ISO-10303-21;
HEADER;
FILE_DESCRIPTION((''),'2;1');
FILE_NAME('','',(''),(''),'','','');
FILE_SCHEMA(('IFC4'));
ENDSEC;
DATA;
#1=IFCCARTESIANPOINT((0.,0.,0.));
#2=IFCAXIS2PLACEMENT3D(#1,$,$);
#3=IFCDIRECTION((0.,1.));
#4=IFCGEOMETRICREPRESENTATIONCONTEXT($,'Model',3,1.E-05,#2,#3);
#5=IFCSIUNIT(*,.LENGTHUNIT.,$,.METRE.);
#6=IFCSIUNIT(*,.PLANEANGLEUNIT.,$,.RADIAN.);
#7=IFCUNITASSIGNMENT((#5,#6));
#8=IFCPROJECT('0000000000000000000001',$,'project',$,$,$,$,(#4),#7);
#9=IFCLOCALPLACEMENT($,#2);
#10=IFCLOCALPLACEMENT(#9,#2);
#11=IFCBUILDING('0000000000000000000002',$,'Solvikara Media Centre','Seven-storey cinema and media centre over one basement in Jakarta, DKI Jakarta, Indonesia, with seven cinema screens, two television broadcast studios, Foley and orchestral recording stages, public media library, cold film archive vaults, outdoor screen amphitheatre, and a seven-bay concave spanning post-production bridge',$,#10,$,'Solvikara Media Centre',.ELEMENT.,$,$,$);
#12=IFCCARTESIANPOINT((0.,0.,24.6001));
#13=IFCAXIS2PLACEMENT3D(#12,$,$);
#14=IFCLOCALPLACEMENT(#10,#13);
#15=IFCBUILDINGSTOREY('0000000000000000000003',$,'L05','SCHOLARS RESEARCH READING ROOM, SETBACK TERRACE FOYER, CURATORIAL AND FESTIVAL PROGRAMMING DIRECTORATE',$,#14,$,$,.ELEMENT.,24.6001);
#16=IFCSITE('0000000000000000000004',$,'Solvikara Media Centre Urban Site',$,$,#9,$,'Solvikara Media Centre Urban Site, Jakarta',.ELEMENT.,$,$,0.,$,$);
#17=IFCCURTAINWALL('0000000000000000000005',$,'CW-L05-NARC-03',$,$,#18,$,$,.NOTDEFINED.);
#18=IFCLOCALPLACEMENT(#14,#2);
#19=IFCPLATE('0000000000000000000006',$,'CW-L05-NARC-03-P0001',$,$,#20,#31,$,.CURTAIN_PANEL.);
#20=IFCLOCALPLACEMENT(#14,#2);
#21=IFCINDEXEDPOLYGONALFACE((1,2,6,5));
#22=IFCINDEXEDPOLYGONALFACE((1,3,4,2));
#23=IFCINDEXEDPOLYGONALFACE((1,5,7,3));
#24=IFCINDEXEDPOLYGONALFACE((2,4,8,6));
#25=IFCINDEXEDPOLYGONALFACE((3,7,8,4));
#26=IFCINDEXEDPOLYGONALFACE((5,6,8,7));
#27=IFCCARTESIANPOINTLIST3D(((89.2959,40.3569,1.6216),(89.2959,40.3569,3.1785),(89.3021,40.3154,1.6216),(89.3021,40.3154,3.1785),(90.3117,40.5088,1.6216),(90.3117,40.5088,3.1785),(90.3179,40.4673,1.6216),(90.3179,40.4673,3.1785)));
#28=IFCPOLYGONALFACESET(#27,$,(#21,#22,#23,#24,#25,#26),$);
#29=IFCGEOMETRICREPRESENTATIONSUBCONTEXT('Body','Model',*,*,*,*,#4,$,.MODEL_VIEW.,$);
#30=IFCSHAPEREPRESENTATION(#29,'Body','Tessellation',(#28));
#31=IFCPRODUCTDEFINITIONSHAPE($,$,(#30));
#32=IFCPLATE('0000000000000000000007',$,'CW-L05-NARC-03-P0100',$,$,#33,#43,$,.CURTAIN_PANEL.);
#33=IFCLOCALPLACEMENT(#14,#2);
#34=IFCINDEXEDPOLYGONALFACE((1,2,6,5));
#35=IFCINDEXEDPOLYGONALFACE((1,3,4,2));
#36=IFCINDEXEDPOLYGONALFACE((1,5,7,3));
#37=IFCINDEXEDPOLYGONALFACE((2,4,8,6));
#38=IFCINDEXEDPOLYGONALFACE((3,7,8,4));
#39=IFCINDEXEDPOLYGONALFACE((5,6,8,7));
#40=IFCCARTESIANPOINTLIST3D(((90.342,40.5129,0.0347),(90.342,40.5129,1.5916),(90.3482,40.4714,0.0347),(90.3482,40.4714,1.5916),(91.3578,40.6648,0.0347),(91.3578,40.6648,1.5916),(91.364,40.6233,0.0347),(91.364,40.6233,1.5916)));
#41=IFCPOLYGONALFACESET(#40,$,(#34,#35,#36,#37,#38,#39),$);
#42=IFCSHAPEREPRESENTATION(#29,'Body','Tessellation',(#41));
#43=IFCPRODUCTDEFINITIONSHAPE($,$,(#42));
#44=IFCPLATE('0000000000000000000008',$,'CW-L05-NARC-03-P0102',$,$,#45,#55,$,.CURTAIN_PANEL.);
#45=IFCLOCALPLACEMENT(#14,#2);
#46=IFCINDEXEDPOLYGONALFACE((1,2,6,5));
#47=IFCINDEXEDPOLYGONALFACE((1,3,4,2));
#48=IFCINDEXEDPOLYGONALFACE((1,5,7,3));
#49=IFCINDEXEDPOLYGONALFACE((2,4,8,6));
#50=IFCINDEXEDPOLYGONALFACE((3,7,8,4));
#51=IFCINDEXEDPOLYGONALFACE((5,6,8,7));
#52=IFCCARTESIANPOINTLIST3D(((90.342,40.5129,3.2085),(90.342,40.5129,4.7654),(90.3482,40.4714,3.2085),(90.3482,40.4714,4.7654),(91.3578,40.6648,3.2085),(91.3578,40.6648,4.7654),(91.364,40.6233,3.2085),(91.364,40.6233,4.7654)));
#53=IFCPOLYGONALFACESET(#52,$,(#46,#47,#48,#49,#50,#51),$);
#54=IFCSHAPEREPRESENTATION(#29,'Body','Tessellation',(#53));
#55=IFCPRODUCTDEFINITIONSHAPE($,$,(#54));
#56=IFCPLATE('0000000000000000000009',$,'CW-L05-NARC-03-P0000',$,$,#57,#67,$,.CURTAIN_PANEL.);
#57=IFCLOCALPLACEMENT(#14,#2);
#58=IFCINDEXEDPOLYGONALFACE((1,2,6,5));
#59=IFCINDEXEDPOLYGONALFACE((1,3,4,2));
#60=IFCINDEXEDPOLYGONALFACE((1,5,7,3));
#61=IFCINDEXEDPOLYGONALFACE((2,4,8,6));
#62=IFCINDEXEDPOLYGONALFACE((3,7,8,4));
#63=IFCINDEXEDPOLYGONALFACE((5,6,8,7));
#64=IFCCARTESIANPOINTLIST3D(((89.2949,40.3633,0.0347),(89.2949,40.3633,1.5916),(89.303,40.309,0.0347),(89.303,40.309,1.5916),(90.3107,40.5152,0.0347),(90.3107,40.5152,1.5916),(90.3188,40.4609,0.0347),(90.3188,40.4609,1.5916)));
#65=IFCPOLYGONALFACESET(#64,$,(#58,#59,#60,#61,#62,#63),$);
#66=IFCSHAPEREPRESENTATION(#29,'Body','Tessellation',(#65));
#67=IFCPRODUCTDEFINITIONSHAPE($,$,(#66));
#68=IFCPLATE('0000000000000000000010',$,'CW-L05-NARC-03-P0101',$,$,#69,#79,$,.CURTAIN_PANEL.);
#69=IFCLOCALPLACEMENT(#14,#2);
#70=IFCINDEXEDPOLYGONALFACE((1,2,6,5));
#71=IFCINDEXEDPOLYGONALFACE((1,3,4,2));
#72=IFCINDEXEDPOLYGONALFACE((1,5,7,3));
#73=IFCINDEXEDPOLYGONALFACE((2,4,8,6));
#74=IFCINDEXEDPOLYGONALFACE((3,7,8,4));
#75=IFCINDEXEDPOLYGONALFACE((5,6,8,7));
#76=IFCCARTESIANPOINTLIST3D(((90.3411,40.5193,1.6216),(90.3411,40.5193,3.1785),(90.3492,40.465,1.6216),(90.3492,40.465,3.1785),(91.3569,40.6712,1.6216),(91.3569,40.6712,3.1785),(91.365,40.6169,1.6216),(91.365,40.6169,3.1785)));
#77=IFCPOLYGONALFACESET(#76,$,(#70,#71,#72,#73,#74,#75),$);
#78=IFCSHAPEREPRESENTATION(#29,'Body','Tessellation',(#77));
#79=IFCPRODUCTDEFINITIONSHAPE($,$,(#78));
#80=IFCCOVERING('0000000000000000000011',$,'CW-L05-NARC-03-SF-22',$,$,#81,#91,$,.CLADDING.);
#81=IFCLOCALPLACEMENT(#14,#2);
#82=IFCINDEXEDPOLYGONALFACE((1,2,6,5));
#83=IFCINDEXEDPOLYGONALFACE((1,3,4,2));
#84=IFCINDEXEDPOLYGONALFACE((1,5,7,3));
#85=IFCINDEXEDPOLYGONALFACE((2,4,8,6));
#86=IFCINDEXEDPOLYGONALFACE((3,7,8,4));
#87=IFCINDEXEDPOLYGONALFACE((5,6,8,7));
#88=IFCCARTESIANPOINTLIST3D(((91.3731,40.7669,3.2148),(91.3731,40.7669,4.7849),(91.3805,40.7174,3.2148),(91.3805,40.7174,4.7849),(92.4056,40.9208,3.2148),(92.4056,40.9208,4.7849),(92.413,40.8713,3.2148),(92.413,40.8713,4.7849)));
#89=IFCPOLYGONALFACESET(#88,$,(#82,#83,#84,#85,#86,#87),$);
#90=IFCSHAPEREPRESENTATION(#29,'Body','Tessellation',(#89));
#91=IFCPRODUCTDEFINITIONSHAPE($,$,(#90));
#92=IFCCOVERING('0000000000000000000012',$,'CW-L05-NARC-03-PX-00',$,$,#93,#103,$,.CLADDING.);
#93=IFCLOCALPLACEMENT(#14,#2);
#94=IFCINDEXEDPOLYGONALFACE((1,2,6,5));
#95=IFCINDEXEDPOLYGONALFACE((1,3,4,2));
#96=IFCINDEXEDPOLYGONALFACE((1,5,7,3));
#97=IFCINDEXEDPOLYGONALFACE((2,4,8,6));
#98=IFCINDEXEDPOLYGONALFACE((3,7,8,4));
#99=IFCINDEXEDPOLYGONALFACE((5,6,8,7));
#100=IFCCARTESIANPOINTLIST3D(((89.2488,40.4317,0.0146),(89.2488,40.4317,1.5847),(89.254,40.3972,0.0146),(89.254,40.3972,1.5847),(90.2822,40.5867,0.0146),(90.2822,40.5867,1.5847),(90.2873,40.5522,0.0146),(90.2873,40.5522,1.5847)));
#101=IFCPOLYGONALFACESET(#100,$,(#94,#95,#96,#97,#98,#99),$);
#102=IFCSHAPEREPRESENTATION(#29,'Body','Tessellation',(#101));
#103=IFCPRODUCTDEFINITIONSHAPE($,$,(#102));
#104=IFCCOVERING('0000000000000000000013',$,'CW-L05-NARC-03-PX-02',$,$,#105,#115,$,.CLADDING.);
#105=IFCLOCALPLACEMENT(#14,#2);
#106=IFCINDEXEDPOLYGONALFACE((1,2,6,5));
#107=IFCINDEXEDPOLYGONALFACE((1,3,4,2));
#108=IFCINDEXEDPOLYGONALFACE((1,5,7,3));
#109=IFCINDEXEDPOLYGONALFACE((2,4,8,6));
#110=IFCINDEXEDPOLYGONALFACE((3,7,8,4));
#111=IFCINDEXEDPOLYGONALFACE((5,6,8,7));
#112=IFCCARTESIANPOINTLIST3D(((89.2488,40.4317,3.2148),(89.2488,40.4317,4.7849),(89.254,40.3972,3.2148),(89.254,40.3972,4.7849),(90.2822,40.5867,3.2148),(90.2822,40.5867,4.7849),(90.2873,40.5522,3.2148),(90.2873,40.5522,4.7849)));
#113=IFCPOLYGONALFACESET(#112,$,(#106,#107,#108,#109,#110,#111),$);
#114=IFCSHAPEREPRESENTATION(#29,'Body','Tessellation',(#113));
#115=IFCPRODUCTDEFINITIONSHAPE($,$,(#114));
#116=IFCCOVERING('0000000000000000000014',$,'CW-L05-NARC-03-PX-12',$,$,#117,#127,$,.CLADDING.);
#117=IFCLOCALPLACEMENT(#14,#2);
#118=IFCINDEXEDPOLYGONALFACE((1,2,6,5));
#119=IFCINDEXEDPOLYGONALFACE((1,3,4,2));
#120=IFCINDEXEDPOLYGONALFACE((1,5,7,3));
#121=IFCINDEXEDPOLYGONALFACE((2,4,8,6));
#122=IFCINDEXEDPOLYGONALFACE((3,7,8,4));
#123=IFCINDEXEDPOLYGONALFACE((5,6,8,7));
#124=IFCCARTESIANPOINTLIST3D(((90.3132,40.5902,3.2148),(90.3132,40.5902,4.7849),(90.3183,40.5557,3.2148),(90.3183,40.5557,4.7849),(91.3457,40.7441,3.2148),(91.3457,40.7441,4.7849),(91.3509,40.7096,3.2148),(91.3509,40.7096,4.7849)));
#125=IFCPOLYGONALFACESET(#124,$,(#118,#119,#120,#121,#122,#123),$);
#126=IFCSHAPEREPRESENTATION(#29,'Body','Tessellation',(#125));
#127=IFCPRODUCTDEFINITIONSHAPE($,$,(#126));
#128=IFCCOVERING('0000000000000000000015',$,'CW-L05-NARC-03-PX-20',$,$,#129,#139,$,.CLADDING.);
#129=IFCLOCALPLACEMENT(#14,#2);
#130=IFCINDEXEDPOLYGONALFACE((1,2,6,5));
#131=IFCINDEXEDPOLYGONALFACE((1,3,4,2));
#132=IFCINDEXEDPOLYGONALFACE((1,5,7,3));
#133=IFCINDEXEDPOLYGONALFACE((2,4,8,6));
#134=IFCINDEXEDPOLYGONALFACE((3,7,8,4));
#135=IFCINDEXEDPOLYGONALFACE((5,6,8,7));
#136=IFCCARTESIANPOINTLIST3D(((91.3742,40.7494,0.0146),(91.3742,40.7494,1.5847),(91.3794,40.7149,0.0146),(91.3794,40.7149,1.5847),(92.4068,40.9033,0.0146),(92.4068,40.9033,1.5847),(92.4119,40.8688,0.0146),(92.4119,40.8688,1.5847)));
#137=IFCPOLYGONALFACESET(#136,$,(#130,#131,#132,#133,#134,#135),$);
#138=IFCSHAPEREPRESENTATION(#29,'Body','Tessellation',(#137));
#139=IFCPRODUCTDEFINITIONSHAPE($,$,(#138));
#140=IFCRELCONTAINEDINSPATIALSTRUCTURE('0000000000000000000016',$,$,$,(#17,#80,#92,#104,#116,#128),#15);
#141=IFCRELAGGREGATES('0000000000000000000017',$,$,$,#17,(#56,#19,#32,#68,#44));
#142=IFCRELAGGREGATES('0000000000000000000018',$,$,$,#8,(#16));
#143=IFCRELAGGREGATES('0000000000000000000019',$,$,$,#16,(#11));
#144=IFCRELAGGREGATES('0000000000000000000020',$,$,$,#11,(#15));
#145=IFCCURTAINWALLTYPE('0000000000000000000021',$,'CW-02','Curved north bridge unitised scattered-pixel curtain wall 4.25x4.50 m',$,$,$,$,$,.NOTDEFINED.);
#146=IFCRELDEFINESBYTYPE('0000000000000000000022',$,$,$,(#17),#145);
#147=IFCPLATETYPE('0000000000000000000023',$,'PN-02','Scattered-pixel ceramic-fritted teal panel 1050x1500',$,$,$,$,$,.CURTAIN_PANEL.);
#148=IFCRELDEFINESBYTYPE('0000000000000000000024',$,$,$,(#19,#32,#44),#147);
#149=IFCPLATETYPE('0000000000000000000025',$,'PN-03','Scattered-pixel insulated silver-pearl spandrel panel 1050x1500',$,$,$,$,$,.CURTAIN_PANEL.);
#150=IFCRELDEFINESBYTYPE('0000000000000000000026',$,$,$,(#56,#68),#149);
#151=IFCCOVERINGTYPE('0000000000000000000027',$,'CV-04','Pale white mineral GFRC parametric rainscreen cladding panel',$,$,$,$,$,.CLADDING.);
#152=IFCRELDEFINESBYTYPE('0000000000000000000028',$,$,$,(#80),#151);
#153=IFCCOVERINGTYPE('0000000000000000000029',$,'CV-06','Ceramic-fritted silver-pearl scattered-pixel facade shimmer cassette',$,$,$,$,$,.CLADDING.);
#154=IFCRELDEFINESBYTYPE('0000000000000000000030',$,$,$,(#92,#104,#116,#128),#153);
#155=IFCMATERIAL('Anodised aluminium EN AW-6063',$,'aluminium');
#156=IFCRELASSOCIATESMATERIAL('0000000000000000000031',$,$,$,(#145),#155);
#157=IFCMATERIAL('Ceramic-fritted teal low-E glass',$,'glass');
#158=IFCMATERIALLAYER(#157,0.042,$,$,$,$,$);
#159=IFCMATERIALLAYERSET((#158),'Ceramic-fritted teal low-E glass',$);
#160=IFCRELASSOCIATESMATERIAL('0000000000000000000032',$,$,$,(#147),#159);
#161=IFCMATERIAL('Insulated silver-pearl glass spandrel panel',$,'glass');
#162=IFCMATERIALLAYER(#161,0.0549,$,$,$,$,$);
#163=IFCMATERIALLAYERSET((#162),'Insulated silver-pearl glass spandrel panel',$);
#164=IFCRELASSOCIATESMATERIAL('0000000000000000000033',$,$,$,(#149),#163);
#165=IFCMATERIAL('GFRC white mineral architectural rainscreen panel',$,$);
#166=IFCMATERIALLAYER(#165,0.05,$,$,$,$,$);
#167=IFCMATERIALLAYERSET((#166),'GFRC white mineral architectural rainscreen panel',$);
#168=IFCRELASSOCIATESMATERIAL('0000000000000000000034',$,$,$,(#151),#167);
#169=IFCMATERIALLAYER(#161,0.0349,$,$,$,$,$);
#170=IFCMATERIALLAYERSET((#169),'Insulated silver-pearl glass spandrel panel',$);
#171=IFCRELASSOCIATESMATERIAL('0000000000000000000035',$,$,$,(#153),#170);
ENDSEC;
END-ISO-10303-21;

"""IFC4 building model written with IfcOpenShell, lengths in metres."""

from ifc_helpers import new_model, si_unit, direction, frame, origin, origin_2d, place, context, subcontext, project, spatial, rectangle, extrude, material, layer, layer_set, type_object, element, aggregate, save


model = new_model("IFC4")

# Units and contexts
model_context = context("Model", 3, precision=1e-05, world=origin(), true_north=direction((0.0, 1.0)))
body_context = subcontext(model_context, "Body", "Model", "MODEL_VIEW")
ifc_project = project(units=[si_unit("LENGTHUNIT", "METRE"), si_unit("PLANEANGLEUNIT", "RADIAN")], contexts=[model_context])

# Site, building, storey
site_placement = place(None, origin())
site = spatial("IfcSite", under=ifc_project, at=site_placement, Name="Solvikara Media Centre Urban Site", LongName="Solvikara Media Centre Urban Site, Jakarta", CompositionType="ELEMENT", RefElevation=0.0)
building_placement = place(site_placement, origin())
building = spatial("IfcBuilding", under=site, at=building_placement, Name="Solvikara Media Centre", Description="Seven-storey cinema and media centre over one basement in Jakarta, DKI Jakarta, Indonesia, with seven cinema screens, two television broadcast studios, Foley and orchestral recording stages, public media library, cold film archive vaults, outdoor screen amphitheatre, and a seven-bay concave spanning post-production bridge", LongName="Solvikara Media Centre", CompositionType="ELEMENT")
storey_placement = place(building_placement, frame((0.0, 0.0, 24.6001)))
storey = spatial("IfcBuildingStorey", under=building, at=storey_placement, Name="L05", Description="SCHOLARS RESEARCH READING ROOM, SETBACK TERRACE FOYER, CURATORIAL AND FESTIVAL PROGRAMMING DIRECTORATE", CompositionType="ELEMENT", Elevation=24.6001)

# Shared definitions
ifc_material_1 = material(Name="Anodised aluminium EN AW-6063", Category="aluminium")
curtain_wall_type = type_object("IfcCurtainWallType", Name="CW-02", Description="Curved north bridge unitised scattered-pixel curtain wall 4.25x4.50 m", PredefinedType="NOTDEFINED", material=ifc_material_1)

# Curtain wall, plates
curtain_wall_1_placement = place(storey_placement, origin())
curtain_wall_1 = element("IfcCurtainWall", 1, at=curtain_wall_1_placement, inside=storey, type_object=curtain_wall_type, Name="CW-L05-NARC-03", PredefinedType="NOTDEFINED")
ifc_material_2 = material(Name="Ceramic-fritted teal low-E glass", Category="glass")
ifc_layer_1 = layer(ifc_material_2, 0.042)
ifc_layer_set_1 = layer_set([ifc_layer_1], Name="Ceramic-fritted teal low-E glass")
plate_type_1 = type_object("IfcPlateType", Name="PN-02", Description="Scattered-pixel ceramic-fritted teal panel 1050x1500", PredefinedType="CURTAIN_PANEL", material=ifc_layer_set_1)
plate_1_placement = place(storey_placement, frame((89.8069, 40.4121, 1.6216), z_axis=(0.0, 0.0, 1.0), x_axis=(0.989006, 0.147878, 0.0)))
plate_1 = element("IfcPlate", 2, at=plate_1_placement, type_object=plate_type_1, Name="CW-L05-NARC-03-P0001", PredefinedType="CURTAIN_PANEL", context=body_context, shape_type="SweptSolid", body=[
    extrude(rectangle(XDim=1.0271, YDim=0.042, at=origin_2d()), origin(), (0.0, 0.0, 1.0), 1.5569),
])
plate_2_placement = place(storey_placement, frame((90.853, 40.5681, 0.0347), z_axis=(0.0, 0.0, 1.0), x_axis=(0.989006, 0.147878, 0.0)))
plate_2 = element("IfcPlate", 3, at=plate_2_placement, type_object=plate_type_1, Name="CW-L05-NARC-03-P0100", PredefinedType="CURTAIN_PANEL", context=body_context, shape_type="SweptSolid", body=[
    extrude(rectangle(XDim=1.0271, YDim=0.042, at=origin_2d()), origin(), (0.0, 0.0, 1.0), 1.5569),
])
plate_3_placement = place(storey_placement, frame((90.853, 40.5681, 3.2085), z_axis=(0.0, 0.0, 1.0), x_axis=(0.989006, 0.147878, 0.0)))
plate_3 = element("IfcPlate", 4, at=plate_3_placement, type_object=plate_type_1, Name="CW-L05-NARC-03-P0102", PredefinedType="CURTAIN_PANEL", context=body_context, shape_type="SweptSolid", body=[
    extrude(rectangle(XDim=1.0271, YDim=0.042, at=origin_2d()), origin(), (0.0, 0.0, 1.0), 1.5569),
])
ifc_material_3 = material(Name="Insulated silver-pearl glass spandrel panel", Category="glass")
ifc_layer_2 = layer(ifc_material_3, 0.0549)
ifc_layer_set_2 = layer_set([ifc_layer_2], Name="Insulated silver-pearl glass spandrel panel")
plate_type_2 = type_object("IfcPlateType", Name="PN-03", Description="Scattered-pixel insulated silver-pearl spandrel panel 1050x1500", PredefinedType="CURTAIN_PANEL", material=ifc_layer_set_2)
plate_4_placement = place(storey_placement, frame((89.8069, 40.4121, 0.0347), z_axis=(0.0, 0.0, 1.0), x_axis=(0.989006, 0.147878, 0.0)))
plate_4 = element("IfcPlate", 5, at=plate_4_placement, type_object=plate_type_2, Name="CW-L05-NARC-03-P0000", PredefinedType="CURTAIN_PANEL", context=body_context, shape_type="SweptSolid", body=[
    extrude(rectangle(XDim=1.0271, YDim=0.0549, at=origin_2d()), origin(), (0.0, 0.0, 1.0), 1.5569),
])
plate_5_placement = place(storey_placement, frame((90.853, 40.5681, 1.6216), z_axis=(0.0, 0.0, 1.0), x_axis=(0.989006, 0.147878, 0.0)))
plate_5 = element("IfcPlate", 6, at=plate_5_placement, type_object=plate_type_2, Name="CW-L05-NARC-03-P0101", PredefinedType="CURTAIN_PANEL", context=body_context, shape_type="SweptSolid", body=[
    extrude(rectangle(XDim=1.0271, YDim=0.0549, at=origin_2d()), origin(), (0.0, 0.0, 1.0), 1.5569),
])
aggregate(curtain_wall_1, [plate_4, plate_1, plate_2, plate_5, plate_3])

# Coverings
ifc_material_4 = material(Name="GFRC white mineral architectural rainscreen panel")
ifc_layer_3 = layer(ifc_material_4, 0.05)
ifc_layer_set_3 = layer_set([ifc_layer_3], Name="GFRC white mineral architectural rainscreen panel")
covering_type_1 = type_object("IfcCoveringType", Name="CV-04", Description="Pale white mineral GFRC parametric rainscreen cladding panel", PredefinedType="CLADDING", material=ifc_layer_set_3)
covering_placement = place(storey_placement, frame((91.8931, 40.8191, 3.2148), z_axis=(0.0, 0.0, 1.0), x_axis=(0.98907, 0.147447, 0.0)))
element("IfcCovering", 7, at=covering_placement, inside=storey, type_object=covering_type_1, Name="CW-L05-NARC-03-SF-22", PredefinedType="CLADDING", context=body_context, shape_type="SweptSolid", body=[
    extrude(rectangle(XDim=1.0439, YDim=0.05, at=origin_2d()), origin(), (0.0, 0.0, 1.0), 1.5701),
])
ifc_layer_4 = layer(ifc_material_3, 0.0349)
ifc_layer_set_4 = layer_set([ifc_layer_4], Name="Insulated silver-pearl glass spandrel panel")
covering_type_2 = type_object("IfcCoveringType", Name="CV-06", Description="Ceramic-fritted silver-pearl scattered-pixel facade shimmer cassette", PredefinedType="CLADDING", material=ifc_layer_set_4)
for number, where, z_axis, x_axis, name in (
    (8, (89.7681, 40.4919, 0.0146), (0.0, 0.0, 1.0), (0.988931, 0.148379, 0.0), "CW-L05-NARC-03-PX-00"),
    (9, (89.7681, 40.4919, 3.2148), (0.0, 0.0, 1.0), (0.988931, 0.148379, 0.0), "CW-L05-NARC-03-PX-02"),
):
    element("IfcCovering", number, at=place(storey_placement, frame(where, z_axis=z_axis, x_axis=x_axis)), inside=storey, type_object=covering_type_2, Name=name, PredefinedType="CLADDING", context=body_context, shape_type="SweptSolid", body=[
        extrude(rectangle(XDim=1.0449, YDim=0.0349, at=origin_2d()), origin(), (0.0, 0.0, 1.0), 1.5701),
    ])
for number, where, z_axis, x_axis, name in (
    (10, (90.832, 40.6499, 3.2148), (0.0, 0.0, 1.0), (0.98907, 0.147447, 0.0), "CW-L05-NARC-03-PX-12"),
    (11, (91.8931, 40.8091, 0.0146), (0.0, 0.0, 1.0), (0.98907, 0.147447, 0.0), "CW-L05-NARC-03-PX-20"),
):
    element("IfcCovering", number, at=place(storey_placement, frame(where, z_axis=z_axis, x_axis=x_axis)), inside=storey, type_object=covering_type_2, Name=name, PredefinedType="CLADDING", context=body_context, shape_type="SweptSolid", body=[
        extrude(rectangle(XDim=1.0439, YDim=0.0349, at=origin_2d()), origin(), (0.0, 0.0, 1.0), 1.5701),
    ])

save(model, "model.ifc")
